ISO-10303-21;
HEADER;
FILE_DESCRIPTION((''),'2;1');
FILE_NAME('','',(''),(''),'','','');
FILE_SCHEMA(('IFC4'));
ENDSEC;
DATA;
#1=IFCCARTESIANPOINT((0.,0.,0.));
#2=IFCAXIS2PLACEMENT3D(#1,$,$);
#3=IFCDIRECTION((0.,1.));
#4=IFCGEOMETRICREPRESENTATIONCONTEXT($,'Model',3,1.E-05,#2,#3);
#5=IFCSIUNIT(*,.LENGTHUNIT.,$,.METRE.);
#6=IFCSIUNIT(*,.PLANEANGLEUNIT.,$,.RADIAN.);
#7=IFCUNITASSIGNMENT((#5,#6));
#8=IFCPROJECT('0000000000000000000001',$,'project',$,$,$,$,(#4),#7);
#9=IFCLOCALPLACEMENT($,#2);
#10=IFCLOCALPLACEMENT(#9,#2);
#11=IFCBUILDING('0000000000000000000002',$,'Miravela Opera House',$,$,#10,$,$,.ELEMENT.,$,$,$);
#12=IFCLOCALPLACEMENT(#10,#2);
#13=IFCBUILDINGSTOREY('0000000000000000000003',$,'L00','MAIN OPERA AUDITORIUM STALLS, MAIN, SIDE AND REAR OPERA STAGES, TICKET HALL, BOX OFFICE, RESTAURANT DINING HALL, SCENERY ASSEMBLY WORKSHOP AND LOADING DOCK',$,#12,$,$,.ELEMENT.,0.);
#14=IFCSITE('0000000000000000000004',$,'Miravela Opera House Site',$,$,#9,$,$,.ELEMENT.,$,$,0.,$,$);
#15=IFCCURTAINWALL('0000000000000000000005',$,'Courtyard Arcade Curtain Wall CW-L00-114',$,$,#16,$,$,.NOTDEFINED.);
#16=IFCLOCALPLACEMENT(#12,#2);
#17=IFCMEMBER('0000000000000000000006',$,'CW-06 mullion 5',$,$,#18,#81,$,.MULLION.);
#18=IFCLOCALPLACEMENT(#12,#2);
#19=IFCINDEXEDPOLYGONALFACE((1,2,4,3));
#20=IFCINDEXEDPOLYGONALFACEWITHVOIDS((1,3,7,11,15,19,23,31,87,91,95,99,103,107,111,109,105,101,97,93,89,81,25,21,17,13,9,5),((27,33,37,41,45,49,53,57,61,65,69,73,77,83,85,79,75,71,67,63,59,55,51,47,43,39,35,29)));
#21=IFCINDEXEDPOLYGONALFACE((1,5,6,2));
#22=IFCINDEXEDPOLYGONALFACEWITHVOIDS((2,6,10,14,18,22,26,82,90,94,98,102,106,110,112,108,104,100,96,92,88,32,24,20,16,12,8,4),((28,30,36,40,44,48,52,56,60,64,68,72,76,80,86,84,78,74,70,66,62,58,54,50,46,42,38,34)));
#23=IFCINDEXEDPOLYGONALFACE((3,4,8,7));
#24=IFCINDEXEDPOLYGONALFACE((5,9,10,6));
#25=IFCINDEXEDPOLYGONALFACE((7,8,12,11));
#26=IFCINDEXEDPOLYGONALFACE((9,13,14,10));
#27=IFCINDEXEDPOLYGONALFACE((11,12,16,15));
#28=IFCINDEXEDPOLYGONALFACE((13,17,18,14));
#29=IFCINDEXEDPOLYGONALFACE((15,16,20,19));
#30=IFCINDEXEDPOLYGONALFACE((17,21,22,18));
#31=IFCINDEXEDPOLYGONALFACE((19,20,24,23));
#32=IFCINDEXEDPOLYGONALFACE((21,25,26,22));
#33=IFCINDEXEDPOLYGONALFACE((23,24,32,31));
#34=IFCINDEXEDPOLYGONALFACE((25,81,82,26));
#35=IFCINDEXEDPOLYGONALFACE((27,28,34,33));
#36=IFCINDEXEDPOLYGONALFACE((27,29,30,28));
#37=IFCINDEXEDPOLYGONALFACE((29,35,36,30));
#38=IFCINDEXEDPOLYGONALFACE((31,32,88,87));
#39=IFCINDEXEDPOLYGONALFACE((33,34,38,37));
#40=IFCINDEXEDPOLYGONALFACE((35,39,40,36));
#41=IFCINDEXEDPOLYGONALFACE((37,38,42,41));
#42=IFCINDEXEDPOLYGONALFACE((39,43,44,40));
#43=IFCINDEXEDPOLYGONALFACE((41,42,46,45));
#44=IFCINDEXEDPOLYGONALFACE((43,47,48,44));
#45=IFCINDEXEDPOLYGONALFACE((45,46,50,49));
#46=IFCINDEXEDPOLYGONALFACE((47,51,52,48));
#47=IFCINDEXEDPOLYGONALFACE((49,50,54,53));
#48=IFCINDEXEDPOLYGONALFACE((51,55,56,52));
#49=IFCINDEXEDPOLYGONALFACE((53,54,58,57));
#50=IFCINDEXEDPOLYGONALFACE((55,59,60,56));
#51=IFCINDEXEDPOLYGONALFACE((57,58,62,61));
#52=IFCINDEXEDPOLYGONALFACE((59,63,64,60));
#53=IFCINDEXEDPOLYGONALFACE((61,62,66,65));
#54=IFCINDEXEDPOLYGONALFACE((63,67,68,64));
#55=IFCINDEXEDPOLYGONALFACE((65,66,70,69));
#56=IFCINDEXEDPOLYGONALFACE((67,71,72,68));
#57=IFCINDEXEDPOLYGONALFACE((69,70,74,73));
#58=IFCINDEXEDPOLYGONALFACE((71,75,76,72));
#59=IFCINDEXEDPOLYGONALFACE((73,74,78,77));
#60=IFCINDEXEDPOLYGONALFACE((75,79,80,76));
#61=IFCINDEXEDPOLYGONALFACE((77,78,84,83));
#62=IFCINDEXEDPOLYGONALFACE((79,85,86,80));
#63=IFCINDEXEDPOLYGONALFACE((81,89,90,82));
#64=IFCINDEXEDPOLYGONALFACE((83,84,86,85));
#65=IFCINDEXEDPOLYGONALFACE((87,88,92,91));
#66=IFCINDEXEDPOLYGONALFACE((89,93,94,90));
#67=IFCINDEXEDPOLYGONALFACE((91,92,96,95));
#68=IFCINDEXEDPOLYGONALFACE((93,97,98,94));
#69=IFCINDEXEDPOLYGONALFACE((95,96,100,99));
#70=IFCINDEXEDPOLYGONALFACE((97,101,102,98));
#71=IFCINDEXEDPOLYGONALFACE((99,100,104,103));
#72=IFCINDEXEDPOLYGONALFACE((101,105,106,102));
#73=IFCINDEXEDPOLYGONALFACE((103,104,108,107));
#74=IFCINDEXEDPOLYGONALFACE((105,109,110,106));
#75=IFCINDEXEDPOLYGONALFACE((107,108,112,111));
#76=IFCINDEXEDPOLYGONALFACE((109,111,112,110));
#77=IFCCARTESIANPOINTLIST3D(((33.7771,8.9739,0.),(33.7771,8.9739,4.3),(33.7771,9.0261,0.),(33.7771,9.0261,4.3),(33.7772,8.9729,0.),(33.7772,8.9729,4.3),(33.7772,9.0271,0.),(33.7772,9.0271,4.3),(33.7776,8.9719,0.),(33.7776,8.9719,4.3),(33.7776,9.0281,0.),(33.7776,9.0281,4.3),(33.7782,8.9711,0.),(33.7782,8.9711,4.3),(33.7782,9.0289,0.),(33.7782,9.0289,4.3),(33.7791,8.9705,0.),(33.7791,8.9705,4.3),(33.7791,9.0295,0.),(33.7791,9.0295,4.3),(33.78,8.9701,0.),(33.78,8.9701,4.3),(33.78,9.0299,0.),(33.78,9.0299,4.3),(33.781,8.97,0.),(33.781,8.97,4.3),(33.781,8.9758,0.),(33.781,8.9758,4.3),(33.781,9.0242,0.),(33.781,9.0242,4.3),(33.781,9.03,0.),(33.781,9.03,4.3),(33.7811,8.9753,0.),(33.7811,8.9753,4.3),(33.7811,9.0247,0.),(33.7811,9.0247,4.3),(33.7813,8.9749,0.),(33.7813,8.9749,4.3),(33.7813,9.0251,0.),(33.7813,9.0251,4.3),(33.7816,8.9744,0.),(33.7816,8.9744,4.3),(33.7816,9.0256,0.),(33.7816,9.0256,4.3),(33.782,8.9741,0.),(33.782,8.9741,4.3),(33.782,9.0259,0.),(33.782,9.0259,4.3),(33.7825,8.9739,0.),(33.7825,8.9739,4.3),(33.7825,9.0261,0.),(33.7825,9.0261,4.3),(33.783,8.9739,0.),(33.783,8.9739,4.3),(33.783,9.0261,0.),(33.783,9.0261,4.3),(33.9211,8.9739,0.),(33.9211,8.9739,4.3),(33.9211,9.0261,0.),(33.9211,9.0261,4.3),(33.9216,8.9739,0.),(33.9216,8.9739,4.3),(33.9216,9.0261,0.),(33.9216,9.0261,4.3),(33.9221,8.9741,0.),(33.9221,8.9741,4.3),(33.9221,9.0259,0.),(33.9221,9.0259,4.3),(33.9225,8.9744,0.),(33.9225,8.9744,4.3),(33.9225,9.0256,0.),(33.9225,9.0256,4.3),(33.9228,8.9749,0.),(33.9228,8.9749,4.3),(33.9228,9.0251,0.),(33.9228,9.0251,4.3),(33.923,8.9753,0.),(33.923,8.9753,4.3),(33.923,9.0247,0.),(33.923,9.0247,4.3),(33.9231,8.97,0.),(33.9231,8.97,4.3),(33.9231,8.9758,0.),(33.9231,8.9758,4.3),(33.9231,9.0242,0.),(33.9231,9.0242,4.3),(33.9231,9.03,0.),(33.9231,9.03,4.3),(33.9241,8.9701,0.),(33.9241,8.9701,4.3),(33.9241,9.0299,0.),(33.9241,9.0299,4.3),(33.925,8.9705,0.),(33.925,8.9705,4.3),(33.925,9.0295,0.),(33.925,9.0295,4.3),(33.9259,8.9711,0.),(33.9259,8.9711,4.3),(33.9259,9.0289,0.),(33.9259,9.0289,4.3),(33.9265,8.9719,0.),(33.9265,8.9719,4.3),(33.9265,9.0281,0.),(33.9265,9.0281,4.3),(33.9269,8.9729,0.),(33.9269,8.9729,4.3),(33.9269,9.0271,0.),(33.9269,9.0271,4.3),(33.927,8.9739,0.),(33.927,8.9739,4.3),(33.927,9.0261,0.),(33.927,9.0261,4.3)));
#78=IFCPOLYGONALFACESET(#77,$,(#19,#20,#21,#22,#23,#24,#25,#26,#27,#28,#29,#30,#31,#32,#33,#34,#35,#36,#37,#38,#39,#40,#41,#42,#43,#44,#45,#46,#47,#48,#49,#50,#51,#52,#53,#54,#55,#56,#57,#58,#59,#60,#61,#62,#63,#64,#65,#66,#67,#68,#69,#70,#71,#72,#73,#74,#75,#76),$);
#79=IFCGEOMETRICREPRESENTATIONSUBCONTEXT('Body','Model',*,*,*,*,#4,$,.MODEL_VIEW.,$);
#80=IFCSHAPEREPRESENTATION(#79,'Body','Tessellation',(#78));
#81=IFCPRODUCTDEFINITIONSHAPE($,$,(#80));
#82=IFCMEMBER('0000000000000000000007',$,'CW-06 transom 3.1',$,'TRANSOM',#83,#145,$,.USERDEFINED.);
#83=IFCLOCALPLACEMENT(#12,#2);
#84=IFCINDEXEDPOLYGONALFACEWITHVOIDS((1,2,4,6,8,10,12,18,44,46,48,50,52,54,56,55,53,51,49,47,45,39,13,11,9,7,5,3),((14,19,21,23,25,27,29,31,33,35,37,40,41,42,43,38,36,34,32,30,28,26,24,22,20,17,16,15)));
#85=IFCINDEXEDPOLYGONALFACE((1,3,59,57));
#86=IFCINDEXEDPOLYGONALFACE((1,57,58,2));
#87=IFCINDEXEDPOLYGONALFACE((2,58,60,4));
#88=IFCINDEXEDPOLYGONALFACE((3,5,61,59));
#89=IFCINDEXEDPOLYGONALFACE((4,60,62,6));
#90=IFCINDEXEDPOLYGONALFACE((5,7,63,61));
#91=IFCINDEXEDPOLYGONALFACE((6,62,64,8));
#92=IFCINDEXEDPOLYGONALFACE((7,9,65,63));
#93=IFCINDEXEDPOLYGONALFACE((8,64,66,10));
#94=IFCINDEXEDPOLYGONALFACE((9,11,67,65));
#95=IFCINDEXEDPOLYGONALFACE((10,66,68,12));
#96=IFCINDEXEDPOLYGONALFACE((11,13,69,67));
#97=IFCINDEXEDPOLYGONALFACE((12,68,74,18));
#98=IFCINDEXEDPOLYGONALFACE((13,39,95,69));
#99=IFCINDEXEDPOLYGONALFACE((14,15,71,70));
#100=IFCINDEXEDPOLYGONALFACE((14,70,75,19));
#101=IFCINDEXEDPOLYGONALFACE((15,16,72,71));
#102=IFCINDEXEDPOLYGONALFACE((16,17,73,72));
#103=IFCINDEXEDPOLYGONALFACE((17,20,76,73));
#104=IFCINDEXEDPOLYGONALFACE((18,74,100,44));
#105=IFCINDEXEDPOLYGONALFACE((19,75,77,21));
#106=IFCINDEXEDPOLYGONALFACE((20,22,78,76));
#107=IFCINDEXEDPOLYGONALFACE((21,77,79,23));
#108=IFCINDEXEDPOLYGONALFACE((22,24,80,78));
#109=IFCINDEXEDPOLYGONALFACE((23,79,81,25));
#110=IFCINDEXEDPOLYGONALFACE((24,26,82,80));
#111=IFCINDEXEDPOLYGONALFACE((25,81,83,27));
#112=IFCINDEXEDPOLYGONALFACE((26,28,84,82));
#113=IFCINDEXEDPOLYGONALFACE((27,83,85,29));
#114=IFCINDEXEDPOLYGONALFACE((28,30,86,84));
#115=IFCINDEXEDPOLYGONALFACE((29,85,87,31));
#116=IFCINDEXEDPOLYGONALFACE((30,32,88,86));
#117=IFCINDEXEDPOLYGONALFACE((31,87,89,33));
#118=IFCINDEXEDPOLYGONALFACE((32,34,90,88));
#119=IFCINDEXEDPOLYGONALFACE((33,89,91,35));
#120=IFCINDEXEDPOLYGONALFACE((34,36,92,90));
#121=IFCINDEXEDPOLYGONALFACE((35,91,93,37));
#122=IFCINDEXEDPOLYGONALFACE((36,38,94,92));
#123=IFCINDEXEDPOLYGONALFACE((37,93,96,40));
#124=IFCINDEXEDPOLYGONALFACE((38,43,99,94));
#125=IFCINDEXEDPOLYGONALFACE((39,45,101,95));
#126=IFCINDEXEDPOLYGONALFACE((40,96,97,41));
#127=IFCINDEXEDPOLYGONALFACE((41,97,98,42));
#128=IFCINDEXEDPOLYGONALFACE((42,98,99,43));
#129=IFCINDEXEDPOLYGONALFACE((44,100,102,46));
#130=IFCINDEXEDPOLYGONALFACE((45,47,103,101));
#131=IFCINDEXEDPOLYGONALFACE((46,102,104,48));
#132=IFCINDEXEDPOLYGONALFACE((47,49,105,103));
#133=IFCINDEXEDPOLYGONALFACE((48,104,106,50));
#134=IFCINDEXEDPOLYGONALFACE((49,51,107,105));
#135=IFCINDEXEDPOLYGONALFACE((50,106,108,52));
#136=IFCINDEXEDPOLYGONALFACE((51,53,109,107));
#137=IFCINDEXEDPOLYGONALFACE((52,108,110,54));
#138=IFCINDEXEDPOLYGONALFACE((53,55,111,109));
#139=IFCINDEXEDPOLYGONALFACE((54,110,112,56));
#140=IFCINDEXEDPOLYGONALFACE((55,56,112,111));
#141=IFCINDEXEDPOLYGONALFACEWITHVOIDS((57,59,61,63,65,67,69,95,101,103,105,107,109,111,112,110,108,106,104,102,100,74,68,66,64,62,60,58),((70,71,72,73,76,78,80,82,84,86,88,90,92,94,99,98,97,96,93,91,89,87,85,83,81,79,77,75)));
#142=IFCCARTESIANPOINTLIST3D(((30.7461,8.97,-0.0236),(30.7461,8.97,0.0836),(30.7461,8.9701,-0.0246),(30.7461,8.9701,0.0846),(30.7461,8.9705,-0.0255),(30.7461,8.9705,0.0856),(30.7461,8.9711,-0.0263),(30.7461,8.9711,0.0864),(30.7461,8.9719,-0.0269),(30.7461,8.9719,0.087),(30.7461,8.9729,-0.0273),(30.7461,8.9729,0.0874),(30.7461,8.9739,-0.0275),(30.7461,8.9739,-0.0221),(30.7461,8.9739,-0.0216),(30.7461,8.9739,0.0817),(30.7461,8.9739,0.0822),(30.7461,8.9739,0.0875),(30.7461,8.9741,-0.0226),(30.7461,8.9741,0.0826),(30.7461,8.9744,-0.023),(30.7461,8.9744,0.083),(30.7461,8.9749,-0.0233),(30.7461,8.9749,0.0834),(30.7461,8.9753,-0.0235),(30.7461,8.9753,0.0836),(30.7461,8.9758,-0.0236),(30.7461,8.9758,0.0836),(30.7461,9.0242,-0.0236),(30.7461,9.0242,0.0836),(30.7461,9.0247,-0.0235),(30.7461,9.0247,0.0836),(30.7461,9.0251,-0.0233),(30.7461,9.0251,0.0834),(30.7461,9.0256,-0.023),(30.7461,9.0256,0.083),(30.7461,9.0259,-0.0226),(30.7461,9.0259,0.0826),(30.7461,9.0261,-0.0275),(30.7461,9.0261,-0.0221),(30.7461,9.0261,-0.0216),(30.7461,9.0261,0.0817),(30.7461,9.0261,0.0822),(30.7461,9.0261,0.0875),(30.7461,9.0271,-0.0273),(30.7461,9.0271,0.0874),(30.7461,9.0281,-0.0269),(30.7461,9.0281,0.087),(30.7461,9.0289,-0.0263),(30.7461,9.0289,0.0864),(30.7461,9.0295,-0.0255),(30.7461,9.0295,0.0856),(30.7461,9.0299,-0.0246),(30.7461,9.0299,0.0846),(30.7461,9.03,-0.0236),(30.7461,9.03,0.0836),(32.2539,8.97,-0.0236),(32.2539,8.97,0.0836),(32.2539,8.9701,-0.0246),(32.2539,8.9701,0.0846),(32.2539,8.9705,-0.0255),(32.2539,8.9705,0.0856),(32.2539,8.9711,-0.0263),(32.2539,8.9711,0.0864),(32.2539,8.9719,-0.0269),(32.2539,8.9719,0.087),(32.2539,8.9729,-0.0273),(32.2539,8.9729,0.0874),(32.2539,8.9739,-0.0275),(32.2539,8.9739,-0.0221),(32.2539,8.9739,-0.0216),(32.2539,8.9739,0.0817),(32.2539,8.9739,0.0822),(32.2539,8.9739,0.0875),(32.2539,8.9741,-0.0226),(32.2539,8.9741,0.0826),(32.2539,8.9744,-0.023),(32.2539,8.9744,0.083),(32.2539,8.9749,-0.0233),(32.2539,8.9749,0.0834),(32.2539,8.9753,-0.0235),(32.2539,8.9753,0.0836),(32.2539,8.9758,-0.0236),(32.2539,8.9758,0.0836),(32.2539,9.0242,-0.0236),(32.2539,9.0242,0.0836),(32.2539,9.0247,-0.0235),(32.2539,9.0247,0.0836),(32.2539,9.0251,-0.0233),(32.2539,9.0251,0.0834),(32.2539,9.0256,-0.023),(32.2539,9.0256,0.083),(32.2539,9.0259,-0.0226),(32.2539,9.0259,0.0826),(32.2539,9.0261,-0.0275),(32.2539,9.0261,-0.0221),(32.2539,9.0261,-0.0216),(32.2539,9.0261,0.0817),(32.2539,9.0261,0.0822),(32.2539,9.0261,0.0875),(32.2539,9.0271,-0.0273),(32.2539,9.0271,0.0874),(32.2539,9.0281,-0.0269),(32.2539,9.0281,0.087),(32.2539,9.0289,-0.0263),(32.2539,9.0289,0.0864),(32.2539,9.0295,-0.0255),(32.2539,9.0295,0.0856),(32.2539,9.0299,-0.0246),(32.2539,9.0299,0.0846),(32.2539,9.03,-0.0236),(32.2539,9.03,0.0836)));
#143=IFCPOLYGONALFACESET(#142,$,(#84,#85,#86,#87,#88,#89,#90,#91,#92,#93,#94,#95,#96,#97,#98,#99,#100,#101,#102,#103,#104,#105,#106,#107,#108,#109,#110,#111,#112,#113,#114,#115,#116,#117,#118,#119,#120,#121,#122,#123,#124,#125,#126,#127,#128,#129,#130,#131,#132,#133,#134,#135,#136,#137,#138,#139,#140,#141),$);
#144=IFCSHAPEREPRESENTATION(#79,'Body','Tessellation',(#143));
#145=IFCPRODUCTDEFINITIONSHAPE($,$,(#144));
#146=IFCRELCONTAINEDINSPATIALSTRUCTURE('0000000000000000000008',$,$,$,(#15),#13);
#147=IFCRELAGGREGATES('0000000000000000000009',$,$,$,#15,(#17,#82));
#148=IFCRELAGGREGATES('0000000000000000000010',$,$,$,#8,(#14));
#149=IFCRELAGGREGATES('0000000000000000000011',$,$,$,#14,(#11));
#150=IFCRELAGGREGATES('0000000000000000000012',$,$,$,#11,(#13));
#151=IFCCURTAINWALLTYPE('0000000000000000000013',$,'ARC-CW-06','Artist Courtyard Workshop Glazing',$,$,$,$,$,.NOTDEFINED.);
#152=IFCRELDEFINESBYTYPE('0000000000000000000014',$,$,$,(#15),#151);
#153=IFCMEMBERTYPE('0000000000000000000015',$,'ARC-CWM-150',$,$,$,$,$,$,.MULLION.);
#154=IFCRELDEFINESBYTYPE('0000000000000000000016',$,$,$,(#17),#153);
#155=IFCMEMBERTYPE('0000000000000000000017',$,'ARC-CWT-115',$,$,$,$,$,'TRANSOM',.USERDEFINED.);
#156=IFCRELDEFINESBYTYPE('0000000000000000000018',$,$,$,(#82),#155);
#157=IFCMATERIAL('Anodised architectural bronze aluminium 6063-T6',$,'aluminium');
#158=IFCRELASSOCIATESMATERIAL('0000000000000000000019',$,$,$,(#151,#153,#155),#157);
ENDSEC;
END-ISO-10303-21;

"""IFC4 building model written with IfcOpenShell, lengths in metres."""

from ifc_helpers import new_model, si_unit, direction, frame, origin, origin_2d, place, context, subcontext, project, spatial, hollow_rectangle, extrude, material, material_profile, profile_set, type_object, element, aggregate, save


model = new_model("IFC4")

# Units and contexts
model_context = context("Model", 3, precision=1e-05, world=origin(), true_north=direction((0.0, 1.0)))
body_context = subcontext(model_context, "Body", "Model", "MODEL_VIEW")
ifc_project = project(units=[si_unit("LENGTHUNIT", "METRE"), si_unit("PLANEANGLEUNIT", "RADIAN")], contexts=[model_context])

# Site, building, storey
site_placement = place(None, origin())
site = spatial("IfcSite", under=ifc_project, at=site_placement, Name="Miravela Opera House Site", CompositionType="ELEMENT", RefElevation=0.0)
building_placement = place(site_placement, origin())
building = spatial("IfcBuilding", under=site, at=building_placement, Name="Miravela Opera House", CompositionType="ELEMENT")
storey_placement = place(building_placement, origin())
storey = spatial("IfcBuildingStorey", under=building, at=storey_placement, Name="L00", Description="MAIN OPERA AUDITORIUM STALLS, MAIN, SIDE AND REAR OPERA STAGES, TICKET HALL, BOX OFFICE, RESTAURANT DINING HALL, SCENERY ASSEMBLY WORKSHOP AND LOADING DOCK", CompositionType="ELEMENT", Elevation=0.0)

# Curtain wall, members
ifc_material_1 = material(Name="Anodised architectural bronze aluminium 6063-T6", Category="aluminium")
curtain_wall_type = type_object("IfcCurtainWallType", Name="ARC-CW-06", Description="Artist Courtyard Workshop Glazing", PredefinedType="NOTDEFINED", material=ifc_material_1)
curtain_wall_placement = place(storey_placement, origin())
curtain_wall = element("IfcCurtainWall", 1, at=curtain_wall_placement, inside=storey, type_object=curtain_wall_type, Name="Courtyard Arcade Curtain Wall CW-L00-114", PredefinedType="NOTDEFINED")
ifc_material_profile_1 = material_profile(ifc_material_1, hollow_rectangle(XDim=0.0601, YDim=0.1499, WallThickness=0.0039, InnerFilletRadius=0.002, OuterFilletRadius=0.0039, at=origin_2d()), Name="CWM-60X150")
ifc_profile_set_1 = profile_set([ifc_material_profile_1])
member_type_1 = type_object("IfcMemberType", Name="ARC-CWM-150", PredefinedType="MULLION", material=ifc_profile_set_1)
member_1_placement = place(storey_placement, frame((33.8521, 9.0, 0.0), z_axis=(0.0, 0.0, 1.0), x_axis=(0.0, 1.0, 0.0)))
member_1 = element("IfcMember", 2, at=member_1_placement, type_object=member_type_1, Name="CW-06 mullion 5", PredefinedType="MULLION", context=body_context, shape_type="SweptSolid", body=[
    extrude(hollow_rectangle(XDim=0.0601, YDim=0.1499, WallThickness=0.0039, InnerFilletRadius=0.002, OuterFilletRadius=0.0039, at=origin_2d()), origin(), (0.0, 0.0, 1.0), 4.3),
])
ifc_material_profile_2 = material_profile(ifc_material_1, hollow_rectangle(XDim=0.0601, YDim=0.115, WallThickness=0.0039, InnerFilletRadius=0.002, OuterFilletRadius=0.0039, at=origin_2d()), Name="CWT-60X115")
ifc_profile_set_2 = profile_set([ifc_material_profile_2])
member_type_2 = type_object("IfcMemberType", Name="ARC-CWT-115", ElementType="TRANSOM", PredefinedType="USERDEFINED", material=ifc_profile_set_2)
member_2_placement = place(storey_placement, frame((30.7461, 9.0, 0.03), z_axis=(1.0, 0.0, 0.0), x_axis=(0.0, 1.0, 0.0)))
member_2 = element("IfcMember", 3, at=member_2_placement, type_object=member_type_2, Name="CW-06 transom 3.1", ObjectType="TRANSOM", PredefinedType="USERDEFINED", context=body_context, shape_type="SweptSolid", body=[
    extrude(hollow_rectangle(XDim=0.0601, YDim=0.115, WallThickness=0.0039, InnerFilletRadius=0.002, OuterFilletRadius=0.0039, at=origin_2d()), origin(), (0.0, 0.0, 1.0), 1.5078),
])
aggregate(curtain_wall, [member_1, member_2])

save(model, "model.ifc")
